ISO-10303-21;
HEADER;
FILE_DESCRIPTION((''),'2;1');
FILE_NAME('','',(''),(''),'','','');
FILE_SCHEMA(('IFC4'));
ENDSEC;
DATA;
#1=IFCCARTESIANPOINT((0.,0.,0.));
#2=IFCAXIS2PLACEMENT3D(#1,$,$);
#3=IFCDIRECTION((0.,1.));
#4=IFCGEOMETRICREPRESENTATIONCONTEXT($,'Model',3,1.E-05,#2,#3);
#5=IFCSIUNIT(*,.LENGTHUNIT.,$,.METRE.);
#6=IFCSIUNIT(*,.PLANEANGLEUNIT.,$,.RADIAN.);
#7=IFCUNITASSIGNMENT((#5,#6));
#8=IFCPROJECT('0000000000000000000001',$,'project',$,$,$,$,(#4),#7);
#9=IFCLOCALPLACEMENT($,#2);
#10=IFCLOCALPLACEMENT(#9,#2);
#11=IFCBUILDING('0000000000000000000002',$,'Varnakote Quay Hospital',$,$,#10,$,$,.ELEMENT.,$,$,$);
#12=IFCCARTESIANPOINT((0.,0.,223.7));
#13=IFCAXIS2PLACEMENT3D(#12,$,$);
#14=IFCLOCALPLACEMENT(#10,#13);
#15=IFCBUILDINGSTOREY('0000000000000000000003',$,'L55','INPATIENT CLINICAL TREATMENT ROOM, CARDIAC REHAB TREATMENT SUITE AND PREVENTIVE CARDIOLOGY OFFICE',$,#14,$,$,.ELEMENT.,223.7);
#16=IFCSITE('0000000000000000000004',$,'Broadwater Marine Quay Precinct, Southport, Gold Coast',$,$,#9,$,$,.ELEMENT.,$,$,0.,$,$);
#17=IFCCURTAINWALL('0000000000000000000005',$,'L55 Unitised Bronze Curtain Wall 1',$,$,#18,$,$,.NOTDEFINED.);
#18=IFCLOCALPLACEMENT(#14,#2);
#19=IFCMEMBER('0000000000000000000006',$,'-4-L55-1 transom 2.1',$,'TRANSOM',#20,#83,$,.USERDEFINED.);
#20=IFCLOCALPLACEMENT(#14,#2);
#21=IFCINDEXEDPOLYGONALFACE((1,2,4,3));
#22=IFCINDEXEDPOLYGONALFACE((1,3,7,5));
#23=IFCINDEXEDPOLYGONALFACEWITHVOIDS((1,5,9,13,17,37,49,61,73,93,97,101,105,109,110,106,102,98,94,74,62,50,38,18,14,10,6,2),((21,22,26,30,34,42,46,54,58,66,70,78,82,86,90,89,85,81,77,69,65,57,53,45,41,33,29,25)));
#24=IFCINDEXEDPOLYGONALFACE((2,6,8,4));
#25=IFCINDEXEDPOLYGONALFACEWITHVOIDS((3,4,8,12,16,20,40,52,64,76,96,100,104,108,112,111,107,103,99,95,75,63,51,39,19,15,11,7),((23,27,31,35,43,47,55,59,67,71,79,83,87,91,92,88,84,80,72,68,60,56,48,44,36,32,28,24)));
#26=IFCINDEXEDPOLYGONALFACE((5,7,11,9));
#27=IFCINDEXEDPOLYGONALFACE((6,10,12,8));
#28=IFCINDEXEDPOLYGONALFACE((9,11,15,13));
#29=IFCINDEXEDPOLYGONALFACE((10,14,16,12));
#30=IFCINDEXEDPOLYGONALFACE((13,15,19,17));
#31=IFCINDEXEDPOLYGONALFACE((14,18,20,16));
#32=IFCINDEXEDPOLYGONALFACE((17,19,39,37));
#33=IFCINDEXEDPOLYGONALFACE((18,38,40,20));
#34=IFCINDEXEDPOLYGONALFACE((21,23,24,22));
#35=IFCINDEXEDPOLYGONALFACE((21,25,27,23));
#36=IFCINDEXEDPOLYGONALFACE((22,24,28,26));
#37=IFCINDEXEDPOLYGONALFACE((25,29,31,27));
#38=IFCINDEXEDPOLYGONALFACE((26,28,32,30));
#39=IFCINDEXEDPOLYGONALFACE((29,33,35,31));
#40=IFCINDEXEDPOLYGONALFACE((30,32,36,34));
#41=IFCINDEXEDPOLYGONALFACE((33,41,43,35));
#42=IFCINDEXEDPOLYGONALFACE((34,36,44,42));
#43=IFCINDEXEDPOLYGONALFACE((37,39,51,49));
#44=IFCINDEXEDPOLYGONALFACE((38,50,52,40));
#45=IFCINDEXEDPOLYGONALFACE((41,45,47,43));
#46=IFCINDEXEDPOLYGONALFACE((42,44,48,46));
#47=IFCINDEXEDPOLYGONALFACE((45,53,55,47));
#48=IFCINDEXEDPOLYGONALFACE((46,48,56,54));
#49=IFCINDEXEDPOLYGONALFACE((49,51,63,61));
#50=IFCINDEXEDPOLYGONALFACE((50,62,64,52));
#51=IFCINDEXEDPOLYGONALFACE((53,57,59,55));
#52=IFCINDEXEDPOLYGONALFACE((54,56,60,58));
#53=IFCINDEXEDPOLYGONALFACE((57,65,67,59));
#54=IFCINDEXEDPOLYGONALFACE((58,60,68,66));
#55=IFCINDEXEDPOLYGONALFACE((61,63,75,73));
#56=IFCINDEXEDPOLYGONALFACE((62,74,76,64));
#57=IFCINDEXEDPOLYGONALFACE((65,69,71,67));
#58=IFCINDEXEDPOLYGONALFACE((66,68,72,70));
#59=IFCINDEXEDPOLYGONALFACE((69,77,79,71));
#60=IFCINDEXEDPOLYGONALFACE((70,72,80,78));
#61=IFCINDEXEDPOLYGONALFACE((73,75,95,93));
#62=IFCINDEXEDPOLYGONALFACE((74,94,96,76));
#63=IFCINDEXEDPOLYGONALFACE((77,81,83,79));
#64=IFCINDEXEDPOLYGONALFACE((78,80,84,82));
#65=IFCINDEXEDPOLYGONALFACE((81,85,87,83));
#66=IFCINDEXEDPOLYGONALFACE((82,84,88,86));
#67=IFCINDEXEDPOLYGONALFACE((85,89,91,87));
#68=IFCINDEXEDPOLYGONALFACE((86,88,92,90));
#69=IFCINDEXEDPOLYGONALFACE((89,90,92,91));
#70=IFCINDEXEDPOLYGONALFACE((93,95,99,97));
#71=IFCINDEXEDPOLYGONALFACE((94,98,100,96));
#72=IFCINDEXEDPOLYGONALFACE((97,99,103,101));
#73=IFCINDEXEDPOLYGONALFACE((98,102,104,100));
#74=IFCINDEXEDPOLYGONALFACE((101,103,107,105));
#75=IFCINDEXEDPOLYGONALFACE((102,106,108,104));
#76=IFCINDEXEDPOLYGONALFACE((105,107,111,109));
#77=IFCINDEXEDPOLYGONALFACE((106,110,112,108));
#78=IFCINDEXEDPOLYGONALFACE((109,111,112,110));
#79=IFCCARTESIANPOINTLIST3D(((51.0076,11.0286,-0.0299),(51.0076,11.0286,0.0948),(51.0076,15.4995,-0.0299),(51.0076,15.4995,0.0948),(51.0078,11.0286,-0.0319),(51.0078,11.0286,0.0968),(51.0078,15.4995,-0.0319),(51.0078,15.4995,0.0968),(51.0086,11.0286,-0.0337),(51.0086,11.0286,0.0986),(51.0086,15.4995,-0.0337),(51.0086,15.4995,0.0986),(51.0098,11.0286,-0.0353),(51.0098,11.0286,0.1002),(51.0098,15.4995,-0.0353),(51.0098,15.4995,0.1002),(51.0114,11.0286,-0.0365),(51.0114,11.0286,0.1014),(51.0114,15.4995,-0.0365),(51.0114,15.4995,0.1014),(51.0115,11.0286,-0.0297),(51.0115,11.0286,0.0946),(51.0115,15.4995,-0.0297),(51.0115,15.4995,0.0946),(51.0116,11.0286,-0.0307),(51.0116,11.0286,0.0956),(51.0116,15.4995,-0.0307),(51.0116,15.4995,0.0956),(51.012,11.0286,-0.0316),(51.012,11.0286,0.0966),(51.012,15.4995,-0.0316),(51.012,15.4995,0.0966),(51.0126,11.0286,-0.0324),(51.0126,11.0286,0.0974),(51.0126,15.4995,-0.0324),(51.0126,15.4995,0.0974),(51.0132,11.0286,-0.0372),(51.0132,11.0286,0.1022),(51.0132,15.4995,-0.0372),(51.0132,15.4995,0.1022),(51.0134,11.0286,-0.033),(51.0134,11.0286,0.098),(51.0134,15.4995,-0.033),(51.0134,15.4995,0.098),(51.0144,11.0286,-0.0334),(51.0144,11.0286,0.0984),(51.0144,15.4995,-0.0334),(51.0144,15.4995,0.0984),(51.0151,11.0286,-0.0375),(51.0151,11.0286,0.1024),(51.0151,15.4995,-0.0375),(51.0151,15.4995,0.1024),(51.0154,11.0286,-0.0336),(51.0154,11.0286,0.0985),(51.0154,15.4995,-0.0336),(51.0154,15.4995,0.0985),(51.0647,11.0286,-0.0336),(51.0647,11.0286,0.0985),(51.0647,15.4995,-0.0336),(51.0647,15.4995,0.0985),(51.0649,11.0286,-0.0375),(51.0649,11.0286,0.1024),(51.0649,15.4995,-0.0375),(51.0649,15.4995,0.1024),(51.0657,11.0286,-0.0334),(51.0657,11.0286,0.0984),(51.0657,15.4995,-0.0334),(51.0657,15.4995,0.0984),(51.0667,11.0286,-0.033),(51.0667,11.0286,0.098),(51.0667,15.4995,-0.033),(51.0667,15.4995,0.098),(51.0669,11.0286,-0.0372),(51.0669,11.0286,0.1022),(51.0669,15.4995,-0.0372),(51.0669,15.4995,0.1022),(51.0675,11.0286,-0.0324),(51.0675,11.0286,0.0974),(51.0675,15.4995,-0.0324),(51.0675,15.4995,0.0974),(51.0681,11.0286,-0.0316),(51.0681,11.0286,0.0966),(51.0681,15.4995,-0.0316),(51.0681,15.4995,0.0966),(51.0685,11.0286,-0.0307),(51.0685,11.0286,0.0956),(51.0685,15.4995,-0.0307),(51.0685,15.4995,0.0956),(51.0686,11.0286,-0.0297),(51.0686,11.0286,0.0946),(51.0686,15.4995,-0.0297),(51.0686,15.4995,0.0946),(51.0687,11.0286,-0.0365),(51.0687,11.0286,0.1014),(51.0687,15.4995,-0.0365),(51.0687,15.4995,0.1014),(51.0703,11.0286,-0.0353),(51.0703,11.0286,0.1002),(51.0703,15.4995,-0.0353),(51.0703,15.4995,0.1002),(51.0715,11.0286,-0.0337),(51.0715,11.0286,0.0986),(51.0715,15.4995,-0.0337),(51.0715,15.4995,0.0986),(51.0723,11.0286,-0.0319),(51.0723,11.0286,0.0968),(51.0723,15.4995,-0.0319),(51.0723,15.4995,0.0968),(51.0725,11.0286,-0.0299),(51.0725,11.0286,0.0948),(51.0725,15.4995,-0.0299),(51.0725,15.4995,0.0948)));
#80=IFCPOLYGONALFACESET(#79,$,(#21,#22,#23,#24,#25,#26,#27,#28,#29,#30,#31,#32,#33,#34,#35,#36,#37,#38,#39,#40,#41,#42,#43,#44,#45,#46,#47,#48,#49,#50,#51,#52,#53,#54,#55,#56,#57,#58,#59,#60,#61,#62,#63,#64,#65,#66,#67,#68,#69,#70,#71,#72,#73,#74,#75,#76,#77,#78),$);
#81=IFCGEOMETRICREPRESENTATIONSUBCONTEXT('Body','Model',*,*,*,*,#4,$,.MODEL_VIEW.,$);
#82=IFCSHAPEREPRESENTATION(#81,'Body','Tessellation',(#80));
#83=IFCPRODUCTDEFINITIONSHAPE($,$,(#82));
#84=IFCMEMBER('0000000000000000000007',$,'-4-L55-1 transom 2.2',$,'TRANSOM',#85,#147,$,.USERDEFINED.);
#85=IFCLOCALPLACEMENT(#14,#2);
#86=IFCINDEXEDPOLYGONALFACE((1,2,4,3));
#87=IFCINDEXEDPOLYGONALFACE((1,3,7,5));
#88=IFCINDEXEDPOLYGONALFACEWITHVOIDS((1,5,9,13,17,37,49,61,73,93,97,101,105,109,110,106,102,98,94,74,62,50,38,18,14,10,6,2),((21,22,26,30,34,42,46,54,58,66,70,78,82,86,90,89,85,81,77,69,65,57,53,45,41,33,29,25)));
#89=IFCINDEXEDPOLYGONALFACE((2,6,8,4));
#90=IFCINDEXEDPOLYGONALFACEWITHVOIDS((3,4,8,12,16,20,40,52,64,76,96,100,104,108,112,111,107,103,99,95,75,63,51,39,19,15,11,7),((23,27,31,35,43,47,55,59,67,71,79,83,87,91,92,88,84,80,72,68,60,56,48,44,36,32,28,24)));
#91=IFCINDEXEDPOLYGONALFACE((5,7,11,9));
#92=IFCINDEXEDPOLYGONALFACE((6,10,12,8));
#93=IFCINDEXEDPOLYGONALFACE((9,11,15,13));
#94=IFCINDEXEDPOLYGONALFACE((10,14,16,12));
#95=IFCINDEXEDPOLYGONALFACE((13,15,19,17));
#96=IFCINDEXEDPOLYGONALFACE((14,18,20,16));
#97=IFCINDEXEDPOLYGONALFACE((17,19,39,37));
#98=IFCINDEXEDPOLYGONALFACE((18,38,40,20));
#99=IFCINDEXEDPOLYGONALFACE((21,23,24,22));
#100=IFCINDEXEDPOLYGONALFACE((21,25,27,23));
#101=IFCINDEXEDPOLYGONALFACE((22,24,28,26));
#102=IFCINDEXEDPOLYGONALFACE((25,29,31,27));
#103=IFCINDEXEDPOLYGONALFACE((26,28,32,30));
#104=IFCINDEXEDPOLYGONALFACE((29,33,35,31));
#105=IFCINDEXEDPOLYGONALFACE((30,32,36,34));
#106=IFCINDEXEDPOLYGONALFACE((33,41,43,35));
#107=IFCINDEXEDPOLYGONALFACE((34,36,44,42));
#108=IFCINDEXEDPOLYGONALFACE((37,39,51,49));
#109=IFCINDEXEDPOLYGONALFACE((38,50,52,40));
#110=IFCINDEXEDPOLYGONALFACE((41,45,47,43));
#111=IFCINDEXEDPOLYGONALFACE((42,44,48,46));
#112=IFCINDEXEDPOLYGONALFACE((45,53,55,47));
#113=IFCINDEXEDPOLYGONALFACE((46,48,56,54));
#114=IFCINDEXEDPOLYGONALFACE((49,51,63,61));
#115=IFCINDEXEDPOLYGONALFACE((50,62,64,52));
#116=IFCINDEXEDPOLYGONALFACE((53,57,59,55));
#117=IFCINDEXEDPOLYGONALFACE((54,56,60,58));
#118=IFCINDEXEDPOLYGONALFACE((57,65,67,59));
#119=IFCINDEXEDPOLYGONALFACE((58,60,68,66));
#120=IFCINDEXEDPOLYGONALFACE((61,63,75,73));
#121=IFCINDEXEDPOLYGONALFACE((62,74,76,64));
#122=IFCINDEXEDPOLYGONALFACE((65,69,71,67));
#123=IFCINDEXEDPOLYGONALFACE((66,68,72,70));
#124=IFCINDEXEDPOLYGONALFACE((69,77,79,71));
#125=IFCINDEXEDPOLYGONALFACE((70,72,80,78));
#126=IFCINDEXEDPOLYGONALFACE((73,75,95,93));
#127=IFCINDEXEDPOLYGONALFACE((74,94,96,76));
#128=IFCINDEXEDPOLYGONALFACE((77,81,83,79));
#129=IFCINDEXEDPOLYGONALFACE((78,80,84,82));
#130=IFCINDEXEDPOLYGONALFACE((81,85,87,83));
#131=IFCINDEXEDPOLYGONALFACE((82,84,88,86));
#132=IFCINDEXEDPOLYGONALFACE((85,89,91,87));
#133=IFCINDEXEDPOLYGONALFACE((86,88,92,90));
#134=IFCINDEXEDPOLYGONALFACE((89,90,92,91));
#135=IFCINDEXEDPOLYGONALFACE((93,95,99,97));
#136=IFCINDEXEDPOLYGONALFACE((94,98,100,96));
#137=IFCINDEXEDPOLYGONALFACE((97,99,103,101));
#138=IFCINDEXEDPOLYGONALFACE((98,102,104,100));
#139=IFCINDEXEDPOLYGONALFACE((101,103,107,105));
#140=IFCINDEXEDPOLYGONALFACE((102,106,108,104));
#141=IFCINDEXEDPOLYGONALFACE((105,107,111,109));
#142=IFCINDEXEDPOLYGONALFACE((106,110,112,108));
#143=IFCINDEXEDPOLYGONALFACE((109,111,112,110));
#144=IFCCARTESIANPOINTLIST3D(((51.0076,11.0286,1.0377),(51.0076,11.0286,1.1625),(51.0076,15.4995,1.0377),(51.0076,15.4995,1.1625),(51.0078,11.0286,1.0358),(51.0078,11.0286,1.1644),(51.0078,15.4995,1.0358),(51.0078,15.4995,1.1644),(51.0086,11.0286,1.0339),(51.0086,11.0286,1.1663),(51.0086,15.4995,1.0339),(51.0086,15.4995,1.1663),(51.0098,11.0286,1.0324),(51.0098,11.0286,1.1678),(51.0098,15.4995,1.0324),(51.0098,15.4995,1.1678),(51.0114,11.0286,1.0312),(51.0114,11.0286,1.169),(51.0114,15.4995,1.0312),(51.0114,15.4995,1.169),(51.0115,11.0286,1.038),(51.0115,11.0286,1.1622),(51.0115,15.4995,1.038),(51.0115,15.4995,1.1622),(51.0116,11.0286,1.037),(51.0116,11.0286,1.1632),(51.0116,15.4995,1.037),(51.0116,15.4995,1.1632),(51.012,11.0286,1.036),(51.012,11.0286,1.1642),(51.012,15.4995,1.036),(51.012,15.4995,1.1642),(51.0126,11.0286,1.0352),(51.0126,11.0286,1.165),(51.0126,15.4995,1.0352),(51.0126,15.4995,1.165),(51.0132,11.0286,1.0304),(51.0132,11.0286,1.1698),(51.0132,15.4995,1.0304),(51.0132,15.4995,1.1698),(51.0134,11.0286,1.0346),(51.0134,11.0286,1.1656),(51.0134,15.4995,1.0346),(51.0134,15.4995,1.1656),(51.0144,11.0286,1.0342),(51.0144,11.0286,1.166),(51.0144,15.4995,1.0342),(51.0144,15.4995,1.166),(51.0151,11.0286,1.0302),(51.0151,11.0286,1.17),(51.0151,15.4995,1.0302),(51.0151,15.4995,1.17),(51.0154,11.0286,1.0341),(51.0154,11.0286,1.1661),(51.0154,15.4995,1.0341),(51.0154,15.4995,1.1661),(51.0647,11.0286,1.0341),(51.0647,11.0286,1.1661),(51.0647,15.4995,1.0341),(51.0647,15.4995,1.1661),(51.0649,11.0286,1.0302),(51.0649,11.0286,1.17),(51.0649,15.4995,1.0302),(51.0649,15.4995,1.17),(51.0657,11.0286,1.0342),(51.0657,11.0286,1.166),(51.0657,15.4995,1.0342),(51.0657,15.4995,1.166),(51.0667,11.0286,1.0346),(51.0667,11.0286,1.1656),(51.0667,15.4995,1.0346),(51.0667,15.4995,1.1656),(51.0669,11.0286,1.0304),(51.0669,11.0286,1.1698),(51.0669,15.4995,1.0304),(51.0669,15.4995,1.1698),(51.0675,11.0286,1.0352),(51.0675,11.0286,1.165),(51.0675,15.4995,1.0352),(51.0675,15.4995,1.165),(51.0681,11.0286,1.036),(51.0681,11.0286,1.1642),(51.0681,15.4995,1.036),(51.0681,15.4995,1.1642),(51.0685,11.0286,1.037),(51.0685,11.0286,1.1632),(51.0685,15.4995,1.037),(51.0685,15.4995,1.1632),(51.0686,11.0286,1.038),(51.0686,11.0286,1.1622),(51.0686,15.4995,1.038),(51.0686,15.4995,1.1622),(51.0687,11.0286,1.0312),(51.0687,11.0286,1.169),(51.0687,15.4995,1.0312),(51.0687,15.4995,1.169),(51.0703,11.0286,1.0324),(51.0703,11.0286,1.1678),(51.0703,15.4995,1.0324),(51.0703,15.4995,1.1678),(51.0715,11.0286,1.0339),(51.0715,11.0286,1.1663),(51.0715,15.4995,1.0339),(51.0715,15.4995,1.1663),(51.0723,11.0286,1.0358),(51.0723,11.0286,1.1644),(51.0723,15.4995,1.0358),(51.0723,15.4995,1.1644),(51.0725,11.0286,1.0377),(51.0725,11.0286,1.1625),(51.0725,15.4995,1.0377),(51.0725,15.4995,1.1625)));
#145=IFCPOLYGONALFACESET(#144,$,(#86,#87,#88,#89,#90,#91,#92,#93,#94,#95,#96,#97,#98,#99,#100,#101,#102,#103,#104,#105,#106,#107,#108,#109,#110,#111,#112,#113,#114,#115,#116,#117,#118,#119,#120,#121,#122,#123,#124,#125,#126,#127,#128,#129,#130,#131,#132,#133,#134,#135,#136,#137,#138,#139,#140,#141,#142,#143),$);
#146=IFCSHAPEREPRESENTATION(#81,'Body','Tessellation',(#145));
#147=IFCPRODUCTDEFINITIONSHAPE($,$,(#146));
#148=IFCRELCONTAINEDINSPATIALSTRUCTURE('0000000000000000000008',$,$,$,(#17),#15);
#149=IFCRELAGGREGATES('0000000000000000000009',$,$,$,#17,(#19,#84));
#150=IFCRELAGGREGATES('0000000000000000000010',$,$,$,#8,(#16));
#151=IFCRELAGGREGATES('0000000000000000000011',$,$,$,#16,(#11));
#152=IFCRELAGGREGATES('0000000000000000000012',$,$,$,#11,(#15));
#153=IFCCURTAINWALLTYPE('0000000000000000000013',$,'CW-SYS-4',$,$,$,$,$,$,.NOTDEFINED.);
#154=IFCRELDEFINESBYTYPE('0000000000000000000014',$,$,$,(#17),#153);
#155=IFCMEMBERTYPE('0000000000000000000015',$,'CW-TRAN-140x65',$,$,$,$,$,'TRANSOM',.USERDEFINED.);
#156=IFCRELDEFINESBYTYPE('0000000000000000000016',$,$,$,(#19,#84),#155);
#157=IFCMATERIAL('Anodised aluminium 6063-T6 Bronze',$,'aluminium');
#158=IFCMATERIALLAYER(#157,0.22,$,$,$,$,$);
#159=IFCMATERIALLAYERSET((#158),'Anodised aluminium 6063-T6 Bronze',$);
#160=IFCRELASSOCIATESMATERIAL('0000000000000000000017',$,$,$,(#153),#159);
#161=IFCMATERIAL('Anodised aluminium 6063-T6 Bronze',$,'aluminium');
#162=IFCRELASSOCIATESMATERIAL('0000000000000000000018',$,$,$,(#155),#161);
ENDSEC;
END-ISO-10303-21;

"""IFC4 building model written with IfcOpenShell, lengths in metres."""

from ifc_helpers import new_model, si_unit, direction, frame, origin, origin_2d, place, context, subcontext, project, spatial, hollow_rectangle, extrude, material, layer, layer_set, material_profile, profile_set, type_object, element, aggregate, save


model = new_model("IFC4")

# Units and contexts
model_context = context("Model", 3, precision=1e-05, world=origin(), true_north=direction((0.0, 1.0)))
body_context = subcontext(model_context, "Body", "Model", "MODEL_VIEW")
ifc_project = project(units=[si_unit("LENGTHUNIT", "METRE"), si_unit("PLANEANGLEUNIT", "RADIAN")], contexts=[model_context])

# Site, building, storey
site_placement = place(None, origin())
site = spatial("IfcSite", under=ifc_project, at=site_placement, Name="Broadwater Marine Quay Precinct, Southport, Gold Coast", CompositionType="ELEMENT", RefElevation=0.0)
building_placement = place(site_placement, origin())
building = spatial("IfcBuilding", under=site, at=building_placement, Name="Varnakote Quay Hospital", CompositionType="ELEMENT")
storey_placement = place(building_placement, frame((0.0, 0.0, 223.7)))
storey = spatial("IfcBuildingStorey", under=building, at=storey_placement, Name="L55", Description="INPATIENT CLINICAL TREATMENT ROOM, CARDIAC REHAB TREATMENT SUITE AND PREVENTIVE CARDIOLOGY OFFICE", CompositionType="ELEMENT", Elevation=223.7)

# Curtain wall, members
ifc_material_1 = material(Name="Anodised aluminium 6063-T6 Bronze", Category="aluminium")
ifc_layer_1 = layer(ifc_material_1, 0.22)
ifc_layer_set_1 = layer_set([ifc_layer_1], Name="Anodised aluminium 6063-T6 Bronze")
curtain_wall_type = type_object("IfcCurtainWallType", Name="CW-SYS-4", PredefinedType="NOTDEFINED", material=ifc_layer_set_1)
curtain_wall_placement = place(storey_placement, origin())
curtain_wall = element("IfcCurtainWall", 1, at=curtain_wall_placement, inside=storey, type_object=curtain_wall_type, Name="L55 Unitised Bronze Curtain Wall 1", PredefinedType="NOTDEFINED")
ifc_material_2 = material(Name="Anodised aluminium 6063-T6 Bronze", Category="aluminium")
ifc_material_profile_1 = material_profile(ifc_material_2, hollow_rectangle(XDim=0.0649, YDim=0.1399, WallThickness=0.0039, InnerFilletRadius=0.0039, OuterFilletRadius=0.0076, at=origin_2d()), Name="CW-TRAN-140x65")
ifc_profile_set_1 = profile_set([ifc_material_profile_1], Name="Anodised aluminium 6063-T6 Bronze")
member_type_1 = type_object("IfcMemberType", Name="CW-TRAN-140x65", ElementType="TRANSOM", PredefinedType="USERDEFINED", material=ifc_profile_set_1)
member_1_placement = place(storey_placement, frame((51.04, 11.0286, 0.0325), z_axis=(0.0, 1.0, 0.0), x_axis=(-1.0, 0.0, 0.0)))
member_1 = element("IfcMember", 2, at=member_1_placement, type_object=member_type_1, Name="-4-L55-1 transom 2.1", ObjectType="TRANSOM", PredefinedType="USERDEFINED", context=body_context, shape_type="SweptSolid", body=[
    extrude(hollow_rectangle(XDim=0.0649, YDim=0.1399, WallThickness=0.0039, InnerFilletRadius=0.0039, OuterFilletRadius=0.0076, at=origin_2d()), origin(), (0.0, 0.0, 1.0), 4.4709),
])
member_2_placement = place(storey_placement, frame((51.04, 11.0286, 1.1001), z_axis=(0.0, 1.0, 0.0), x_axis=(-1.0, 0.0, 0.0)))
member_2 = element("IfcMember", 3, at=member_2_placement, type_object=member_type_1, Name="-4-L55-1 transom 2.2", ObjectType="TRANSOM", PredefinedType="USERDEFINED", context=body_context, shape_type="SweptSolid", body=[
    extrude(hollow_rectangle(XDim=0.0649, YDim=0.1399, WallThickness=0.0039, InnerFilletRadius=0.0039, OuterFilletRadius=0.0076, at=origin_2d()), origin(), (0.0, 0.0, 1.0), 4.4709),
])
aggregate(curtain_wall, [member_1, member_2])

save(model, "model.ifc")
